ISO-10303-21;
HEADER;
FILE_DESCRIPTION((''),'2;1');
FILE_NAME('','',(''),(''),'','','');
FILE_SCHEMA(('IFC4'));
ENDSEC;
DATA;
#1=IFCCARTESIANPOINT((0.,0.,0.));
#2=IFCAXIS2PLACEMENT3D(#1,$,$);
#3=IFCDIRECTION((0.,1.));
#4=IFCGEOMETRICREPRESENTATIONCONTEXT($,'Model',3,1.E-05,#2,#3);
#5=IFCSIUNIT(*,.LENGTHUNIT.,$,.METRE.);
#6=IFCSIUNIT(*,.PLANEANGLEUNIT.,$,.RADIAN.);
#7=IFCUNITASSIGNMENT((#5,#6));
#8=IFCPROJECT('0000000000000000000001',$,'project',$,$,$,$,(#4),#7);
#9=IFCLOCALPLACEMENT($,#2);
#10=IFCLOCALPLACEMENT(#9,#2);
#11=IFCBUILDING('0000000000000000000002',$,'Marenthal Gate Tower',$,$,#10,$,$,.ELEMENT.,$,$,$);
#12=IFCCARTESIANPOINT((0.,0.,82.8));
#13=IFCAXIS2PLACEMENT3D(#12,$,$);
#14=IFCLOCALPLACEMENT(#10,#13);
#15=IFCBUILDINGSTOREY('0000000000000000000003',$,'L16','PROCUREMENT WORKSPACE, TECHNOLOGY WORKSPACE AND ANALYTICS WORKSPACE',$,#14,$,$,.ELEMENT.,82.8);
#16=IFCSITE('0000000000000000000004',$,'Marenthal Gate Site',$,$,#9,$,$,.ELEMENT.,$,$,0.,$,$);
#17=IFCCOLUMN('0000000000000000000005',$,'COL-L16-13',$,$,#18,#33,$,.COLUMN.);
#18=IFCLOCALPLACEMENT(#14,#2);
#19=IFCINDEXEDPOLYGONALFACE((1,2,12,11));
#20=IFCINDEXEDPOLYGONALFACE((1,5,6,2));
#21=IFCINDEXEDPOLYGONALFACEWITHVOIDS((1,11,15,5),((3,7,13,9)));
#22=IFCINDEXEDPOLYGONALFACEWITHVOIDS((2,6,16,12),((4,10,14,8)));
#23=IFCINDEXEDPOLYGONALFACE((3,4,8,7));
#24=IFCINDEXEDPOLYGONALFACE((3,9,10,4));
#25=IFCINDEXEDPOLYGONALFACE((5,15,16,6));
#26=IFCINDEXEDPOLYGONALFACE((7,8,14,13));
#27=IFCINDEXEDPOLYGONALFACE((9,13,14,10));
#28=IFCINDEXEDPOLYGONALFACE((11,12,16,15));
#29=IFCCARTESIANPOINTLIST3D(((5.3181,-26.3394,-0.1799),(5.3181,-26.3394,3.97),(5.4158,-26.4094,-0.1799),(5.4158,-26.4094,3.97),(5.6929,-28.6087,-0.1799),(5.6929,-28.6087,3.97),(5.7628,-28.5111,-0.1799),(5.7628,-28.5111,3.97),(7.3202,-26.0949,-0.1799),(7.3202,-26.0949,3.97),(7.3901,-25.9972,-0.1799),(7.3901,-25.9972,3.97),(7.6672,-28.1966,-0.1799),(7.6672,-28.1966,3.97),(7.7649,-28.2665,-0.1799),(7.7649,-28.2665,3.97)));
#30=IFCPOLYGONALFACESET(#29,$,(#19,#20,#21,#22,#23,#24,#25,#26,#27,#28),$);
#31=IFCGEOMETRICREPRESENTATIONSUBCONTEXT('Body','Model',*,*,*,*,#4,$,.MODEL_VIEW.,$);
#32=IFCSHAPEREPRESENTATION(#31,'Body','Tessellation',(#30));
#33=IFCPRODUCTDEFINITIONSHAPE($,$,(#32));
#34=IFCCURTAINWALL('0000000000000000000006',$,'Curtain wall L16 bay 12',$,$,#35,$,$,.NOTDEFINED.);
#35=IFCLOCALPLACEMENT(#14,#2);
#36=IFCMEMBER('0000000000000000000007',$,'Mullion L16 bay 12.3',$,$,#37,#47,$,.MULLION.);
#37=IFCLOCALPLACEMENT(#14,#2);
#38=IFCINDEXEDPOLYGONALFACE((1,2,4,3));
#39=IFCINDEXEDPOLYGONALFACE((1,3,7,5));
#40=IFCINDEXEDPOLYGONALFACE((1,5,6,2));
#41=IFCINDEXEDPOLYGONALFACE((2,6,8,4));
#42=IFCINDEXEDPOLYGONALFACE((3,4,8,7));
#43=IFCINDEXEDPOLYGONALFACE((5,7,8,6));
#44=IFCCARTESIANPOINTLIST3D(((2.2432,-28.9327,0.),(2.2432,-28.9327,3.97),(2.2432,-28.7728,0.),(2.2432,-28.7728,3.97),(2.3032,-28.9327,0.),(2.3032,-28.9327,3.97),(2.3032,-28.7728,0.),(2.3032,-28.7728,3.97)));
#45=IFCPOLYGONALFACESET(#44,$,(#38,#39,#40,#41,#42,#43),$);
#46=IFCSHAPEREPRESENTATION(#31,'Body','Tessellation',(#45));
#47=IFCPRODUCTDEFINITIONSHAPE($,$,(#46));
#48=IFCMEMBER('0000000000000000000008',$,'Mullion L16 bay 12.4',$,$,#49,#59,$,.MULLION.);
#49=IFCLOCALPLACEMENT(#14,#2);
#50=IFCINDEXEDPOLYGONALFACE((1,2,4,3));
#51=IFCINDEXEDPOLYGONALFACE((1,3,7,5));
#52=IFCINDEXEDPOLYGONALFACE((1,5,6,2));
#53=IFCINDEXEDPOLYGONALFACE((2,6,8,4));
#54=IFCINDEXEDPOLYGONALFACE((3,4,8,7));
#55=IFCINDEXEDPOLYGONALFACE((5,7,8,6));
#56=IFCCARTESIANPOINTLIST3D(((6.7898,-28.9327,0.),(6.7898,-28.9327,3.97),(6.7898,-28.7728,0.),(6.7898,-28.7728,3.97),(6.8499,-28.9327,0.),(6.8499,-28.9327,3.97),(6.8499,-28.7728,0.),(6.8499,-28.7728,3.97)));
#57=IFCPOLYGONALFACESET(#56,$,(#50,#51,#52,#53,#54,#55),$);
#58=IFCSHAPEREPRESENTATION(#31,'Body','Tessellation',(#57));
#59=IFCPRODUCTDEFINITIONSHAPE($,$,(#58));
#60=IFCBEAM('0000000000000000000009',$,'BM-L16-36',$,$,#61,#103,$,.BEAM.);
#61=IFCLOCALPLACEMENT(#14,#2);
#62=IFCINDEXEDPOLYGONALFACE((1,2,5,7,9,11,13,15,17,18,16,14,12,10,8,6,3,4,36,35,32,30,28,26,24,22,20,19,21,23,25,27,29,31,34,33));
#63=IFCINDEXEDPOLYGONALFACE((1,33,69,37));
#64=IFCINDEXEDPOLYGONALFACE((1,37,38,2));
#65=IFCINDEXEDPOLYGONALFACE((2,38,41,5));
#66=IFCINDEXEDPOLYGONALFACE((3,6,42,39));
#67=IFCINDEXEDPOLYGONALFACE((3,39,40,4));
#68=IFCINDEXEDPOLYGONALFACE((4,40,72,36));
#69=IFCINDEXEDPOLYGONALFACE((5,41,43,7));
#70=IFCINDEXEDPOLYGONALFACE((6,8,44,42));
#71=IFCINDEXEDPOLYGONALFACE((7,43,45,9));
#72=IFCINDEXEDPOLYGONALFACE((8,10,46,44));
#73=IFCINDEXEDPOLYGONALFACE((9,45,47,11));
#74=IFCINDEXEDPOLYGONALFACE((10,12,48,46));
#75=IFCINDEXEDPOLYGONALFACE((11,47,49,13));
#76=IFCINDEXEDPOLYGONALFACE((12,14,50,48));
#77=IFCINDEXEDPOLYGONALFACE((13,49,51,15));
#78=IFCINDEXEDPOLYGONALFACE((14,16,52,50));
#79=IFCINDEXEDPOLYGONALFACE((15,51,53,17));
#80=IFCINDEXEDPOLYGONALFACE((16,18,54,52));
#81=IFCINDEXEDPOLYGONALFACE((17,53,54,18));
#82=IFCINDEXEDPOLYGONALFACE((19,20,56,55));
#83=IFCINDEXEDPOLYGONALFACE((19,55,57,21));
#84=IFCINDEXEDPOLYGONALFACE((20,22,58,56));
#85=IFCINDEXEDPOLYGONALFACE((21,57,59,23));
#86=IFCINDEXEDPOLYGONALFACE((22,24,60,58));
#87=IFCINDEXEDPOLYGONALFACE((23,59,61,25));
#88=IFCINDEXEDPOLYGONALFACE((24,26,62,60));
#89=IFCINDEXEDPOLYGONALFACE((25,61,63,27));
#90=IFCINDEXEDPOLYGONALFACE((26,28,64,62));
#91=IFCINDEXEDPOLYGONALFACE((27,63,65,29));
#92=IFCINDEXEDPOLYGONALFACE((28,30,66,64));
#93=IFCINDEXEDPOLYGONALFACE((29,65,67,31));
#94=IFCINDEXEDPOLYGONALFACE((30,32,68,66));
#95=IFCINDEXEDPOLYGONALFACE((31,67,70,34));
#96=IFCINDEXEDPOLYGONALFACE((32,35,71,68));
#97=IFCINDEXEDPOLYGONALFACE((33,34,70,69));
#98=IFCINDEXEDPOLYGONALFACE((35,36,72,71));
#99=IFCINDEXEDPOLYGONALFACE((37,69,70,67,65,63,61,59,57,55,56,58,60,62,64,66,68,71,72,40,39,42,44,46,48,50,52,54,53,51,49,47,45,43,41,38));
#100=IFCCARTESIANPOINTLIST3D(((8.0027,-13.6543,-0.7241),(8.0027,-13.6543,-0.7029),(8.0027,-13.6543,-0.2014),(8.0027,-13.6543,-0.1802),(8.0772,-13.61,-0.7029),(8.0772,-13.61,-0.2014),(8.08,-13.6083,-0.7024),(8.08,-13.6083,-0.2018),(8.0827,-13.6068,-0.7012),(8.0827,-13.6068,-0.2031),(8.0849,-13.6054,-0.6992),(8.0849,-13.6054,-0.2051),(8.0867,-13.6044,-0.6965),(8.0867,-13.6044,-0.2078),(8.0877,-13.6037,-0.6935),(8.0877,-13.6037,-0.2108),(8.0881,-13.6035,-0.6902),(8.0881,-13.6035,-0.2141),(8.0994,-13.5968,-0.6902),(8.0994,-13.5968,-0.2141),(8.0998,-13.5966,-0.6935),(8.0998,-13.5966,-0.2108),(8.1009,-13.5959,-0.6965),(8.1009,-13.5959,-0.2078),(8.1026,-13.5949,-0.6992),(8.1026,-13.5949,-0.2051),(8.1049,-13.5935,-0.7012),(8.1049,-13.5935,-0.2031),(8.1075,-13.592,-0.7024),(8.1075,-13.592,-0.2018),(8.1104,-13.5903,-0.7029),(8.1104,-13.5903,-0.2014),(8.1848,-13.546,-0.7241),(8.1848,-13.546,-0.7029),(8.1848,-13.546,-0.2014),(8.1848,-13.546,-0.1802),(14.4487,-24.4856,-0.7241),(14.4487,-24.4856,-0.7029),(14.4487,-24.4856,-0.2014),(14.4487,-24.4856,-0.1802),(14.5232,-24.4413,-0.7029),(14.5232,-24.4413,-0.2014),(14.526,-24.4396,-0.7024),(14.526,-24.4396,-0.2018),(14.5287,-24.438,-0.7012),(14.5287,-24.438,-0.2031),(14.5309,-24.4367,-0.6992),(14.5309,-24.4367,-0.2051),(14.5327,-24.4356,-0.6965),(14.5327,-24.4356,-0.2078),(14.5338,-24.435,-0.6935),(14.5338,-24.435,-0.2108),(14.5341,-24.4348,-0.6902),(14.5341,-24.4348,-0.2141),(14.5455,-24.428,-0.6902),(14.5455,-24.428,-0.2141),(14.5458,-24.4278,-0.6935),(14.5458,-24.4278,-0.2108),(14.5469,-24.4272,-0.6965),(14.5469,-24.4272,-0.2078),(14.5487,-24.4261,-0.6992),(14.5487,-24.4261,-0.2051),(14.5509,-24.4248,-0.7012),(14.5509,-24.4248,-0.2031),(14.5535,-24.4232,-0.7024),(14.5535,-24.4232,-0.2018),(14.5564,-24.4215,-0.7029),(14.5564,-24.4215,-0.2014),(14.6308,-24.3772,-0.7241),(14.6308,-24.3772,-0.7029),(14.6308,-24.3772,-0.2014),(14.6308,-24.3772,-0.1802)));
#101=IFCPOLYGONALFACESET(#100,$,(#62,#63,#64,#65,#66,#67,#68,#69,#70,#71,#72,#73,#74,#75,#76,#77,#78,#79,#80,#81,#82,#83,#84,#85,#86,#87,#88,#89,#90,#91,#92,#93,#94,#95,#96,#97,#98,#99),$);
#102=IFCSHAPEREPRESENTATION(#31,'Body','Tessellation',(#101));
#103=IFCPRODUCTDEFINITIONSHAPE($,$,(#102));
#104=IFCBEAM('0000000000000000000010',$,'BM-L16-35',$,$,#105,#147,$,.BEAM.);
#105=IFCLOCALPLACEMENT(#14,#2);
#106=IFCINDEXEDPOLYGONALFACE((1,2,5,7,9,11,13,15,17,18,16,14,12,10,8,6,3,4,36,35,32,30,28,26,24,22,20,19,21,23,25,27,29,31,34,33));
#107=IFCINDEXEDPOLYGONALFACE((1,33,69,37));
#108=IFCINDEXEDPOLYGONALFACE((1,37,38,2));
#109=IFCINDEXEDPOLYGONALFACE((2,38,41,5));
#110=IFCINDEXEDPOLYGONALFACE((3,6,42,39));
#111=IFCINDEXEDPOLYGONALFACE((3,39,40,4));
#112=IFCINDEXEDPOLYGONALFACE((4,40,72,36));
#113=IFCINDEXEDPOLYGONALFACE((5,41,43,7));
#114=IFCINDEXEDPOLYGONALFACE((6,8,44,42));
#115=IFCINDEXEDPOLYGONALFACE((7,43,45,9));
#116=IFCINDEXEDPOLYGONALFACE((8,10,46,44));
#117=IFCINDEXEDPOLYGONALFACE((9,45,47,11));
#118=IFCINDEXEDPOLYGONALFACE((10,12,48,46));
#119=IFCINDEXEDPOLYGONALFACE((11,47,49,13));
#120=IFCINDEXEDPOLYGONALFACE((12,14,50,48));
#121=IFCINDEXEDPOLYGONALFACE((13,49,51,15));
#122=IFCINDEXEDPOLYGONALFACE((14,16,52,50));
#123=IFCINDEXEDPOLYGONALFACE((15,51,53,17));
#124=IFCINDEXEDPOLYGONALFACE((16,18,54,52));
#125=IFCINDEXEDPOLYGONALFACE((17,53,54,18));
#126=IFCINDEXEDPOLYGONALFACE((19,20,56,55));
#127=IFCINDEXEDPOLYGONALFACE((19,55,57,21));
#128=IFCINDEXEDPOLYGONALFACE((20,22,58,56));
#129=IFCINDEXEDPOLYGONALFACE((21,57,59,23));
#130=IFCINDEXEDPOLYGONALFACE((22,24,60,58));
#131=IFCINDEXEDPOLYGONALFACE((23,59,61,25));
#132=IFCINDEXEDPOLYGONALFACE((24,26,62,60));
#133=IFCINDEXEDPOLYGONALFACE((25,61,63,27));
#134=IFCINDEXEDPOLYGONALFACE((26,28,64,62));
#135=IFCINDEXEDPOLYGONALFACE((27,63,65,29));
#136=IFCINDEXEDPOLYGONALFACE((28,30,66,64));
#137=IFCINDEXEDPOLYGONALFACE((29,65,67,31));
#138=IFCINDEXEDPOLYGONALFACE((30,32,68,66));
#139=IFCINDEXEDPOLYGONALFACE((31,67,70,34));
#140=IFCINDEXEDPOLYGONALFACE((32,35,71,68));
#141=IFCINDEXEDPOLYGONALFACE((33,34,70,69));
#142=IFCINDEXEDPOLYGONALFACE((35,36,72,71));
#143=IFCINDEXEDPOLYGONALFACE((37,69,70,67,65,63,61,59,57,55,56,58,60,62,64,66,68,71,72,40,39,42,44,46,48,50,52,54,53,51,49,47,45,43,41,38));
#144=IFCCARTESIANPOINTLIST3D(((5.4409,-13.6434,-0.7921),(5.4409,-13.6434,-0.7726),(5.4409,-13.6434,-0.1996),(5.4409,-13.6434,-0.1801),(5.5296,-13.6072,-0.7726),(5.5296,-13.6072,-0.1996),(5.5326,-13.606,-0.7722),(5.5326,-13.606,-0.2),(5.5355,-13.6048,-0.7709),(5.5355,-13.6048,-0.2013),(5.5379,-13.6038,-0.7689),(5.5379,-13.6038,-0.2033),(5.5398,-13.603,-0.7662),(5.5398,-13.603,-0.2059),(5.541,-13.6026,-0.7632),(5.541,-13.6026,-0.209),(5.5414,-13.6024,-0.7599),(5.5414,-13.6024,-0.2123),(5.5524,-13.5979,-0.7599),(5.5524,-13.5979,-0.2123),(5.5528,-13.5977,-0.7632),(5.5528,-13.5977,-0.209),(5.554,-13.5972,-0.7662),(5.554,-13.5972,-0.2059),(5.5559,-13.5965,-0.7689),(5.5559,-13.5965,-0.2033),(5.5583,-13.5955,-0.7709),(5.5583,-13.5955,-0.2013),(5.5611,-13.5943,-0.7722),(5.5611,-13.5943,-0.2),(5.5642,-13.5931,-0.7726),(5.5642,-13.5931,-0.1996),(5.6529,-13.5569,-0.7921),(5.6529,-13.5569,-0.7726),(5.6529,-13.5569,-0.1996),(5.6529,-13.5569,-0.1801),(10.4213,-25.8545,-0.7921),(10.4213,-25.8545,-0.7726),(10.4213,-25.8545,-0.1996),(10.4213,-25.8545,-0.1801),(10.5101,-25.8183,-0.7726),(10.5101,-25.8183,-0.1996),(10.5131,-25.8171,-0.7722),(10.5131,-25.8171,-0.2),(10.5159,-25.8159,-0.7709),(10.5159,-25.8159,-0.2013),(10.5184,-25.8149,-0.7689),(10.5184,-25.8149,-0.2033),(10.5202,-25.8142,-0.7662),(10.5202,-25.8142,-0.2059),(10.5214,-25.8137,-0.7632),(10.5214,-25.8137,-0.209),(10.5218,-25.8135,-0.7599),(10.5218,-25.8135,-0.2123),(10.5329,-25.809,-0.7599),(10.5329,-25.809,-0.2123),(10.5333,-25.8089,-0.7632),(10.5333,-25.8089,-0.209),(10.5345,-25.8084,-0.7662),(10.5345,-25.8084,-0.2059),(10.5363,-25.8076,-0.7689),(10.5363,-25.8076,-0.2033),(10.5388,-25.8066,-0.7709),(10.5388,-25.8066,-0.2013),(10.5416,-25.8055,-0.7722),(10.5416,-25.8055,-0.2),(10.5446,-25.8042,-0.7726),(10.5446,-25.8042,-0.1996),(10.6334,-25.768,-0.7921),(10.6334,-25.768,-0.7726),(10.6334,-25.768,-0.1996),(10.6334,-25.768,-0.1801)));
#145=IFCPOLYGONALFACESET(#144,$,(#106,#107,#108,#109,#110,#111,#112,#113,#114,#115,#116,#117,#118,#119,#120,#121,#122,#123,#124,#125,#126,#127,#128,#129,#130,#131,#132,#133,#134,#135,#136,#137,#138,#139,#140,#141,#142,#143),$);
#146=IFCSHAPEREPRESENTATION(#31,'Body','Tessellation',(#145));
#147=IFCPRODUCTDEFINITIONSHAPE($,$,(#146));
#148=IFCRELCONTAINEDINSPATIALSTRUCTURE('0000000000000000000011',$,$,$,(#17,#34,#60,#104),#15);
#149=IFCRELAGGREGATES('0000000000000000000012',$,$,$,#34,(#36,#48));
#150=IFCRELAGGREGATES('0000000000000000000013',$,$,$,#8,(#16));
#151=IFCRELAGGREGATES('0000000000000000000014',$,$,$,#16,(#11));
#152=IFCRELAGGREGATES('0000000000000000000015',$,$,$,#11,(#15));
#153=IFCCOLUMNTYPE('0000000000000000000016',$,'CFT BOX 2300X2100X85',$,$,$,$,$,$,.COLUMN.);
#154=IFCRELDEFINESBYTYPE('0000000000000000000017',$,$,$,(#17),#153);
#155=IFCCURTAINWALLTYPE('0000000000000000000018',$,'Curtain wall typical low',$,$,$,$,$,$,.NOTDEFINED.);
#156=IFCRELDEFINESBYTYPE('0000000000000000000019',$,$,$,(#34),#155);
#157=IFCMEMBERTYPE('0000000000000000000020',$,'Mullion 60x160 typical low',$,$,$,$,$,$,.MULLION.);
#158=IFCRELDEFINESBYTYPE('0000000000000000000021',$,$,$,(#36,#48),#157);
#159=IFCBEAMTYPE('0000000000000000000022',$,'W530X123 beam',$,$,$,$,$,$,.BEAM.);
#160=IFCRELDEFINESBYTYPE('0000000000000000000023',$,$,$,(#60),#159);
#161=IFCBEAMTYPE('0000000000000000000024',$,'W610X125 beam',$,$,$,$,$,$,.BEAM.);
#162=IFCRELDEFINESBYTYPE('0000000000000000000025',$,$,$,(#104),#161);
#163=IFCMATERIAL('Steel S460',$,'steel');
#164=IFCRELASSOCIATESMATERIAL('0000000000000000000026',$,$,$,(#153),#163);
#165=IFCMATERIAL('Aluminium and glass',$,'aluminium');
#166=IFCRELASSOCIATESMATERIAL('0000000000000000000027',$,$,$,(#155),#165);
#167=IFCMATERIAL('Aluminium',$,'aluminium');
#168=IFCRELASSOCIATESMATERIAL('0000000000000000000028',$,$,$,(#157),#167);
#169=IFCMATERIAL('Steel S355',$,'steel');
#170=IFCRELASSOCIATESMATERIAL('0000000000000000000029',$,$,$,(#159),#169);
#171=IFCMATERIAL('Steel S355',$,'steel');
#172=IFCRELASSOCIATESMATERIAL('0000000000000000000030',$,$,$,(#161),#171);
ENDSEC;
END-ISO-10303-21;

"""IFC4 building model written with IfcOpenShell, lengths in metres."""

from ifc_helpers import new_model, si_unit, direction, frame, origin, origin_2d, place, context, subcontext, project, spatial, rectangle, hollow_rectangle, i_section, extrude, material, material_profile, profile_set, type_object, element, aggregate, save


model = new_model("IFC4")

# Units and contexts
model_context = context("Model", 3, precision=1e-05, world=origin(), true_north=direction((0.0, 1.0)))
body_context = subcontext(model_context, "Body", "Model", "MODEL_VIEW")
ifc_project = project(units=[si_unit("LENGTHUNIT", "METRE"), si_unit("PLANEANGLEUNIT", "RADIAN")], contexts=[model_context])

# Site, building, storey
site_placement = place(None, origin())
site = spatial("IfcSite", under=ifc_project, at=site_placement, Name="Marenthal Gate Site", CompositionType="ELEMENT", RefElevation=0.0)
building_placement = place(site_placement, origin())
building = spatial("IfcBuilding", under=site, at=building_placement, Name="Marenthal Gate Tower", CompositionType="ELEMENT")
storey_placement = place(building_placement, frame((0.0, 0.0, 82.8)))
storey = spatial("IfcBuildingStorey", under=building, at=storey_placement, Name="L16", Description="PROCUREMENT WORKSPACE, TECHNOLOGY WORKSPACE AND ANALYTICS WORKSPACE", CompositionType="ELEMENT", Elevation=82.8)

# Column
ifc_material_1 = material(Name="Steel S460", Category="steel")
ifc_material_profile_1 = material_profile(ifc_material_1, hollow_rectangle(XDim=2.1001, YDim=2.3, WallThickness=0.085, at=origin_2d()), Name="CFT BOX 2300X2100X85")
ifc_material_2 = material(Name="Concrete 70 MPa", Category="concrete")
ifc_material_profile_2 = material_profile(ifc_material_2, rectangle(XDim=1.9299, YDim=2.1299, at=origin_2d()), Name="CFT BOX 2300X2100X85 INFILL")
ifc_profile_set_1 = profile_set([ifc_material_profile_1, ifc_material_profile_2], Name="Steel S460 shell, Concrete 70 MPa infill")
column_type = type_object("IfcColumnType", Name="CFT BOX 2300X2100X85", PredefinedType="COLUMN", material=ifc_profile_set_1)
column_placement = place(storey_placement, frame((6.5415, -27.303, -0.1799), z_axis=(0.0, 0.0, 1.0), x_axis=(-0.986637, -0.162933, 0.0)))
element("IfcColumn", 1, at=column_placement, inside=storey, type_object=column_type, Name="COL-L16-13", PredefinedType="COLUMN", context=body_context, shape_type="SweptSolid", body=[
    extrude(hollow_rectangle(XDim=2.1001, YDim=2.3, WallThickness=0.085, at=origin_2d()), origin(), (0.0, 0.0, 1.0), 4.1499),
])

# Curtain wall, members
ifc_material_3 = material(Name="Aluminium and glass", Category="aluminium")
curtain_wall_type = type_object("IfcCurtainWallType", Name="Curtain wall typical low", PredefinedType="NOTDEFINED", material=ifc_material_3)
curtain_wall_placement = place(storey_placement, origin())
curtain_wall = element("IfcCurtainWall", 2, at=curtain_wall_placement, inside=storey, type_object=curtain_wall_type, Name="Curtain wall L16 bay 12", PredefinedType="NOTDEFINED")
ifc_material_4 = material(Name="Aluminium", Category="aluminium")
ifc_material_profile_3 = material_profile(ifc_material_4, rectangle(XDim=0.1599, YDim=0.0601, at=origin_2d()), Name="60x160 aluminium mullion")
ifc_profile_set_2 = profile_set([ifc_material_profile_3], Name="Aluminium")
member_type = type_object("IfcMemberType", Name="Mullion 60x160 typical low", PredefinedType="MULLION", material=ifc_profile_set_2)
member_1_placement = place(storey_placement, frame((2.2732, -28.8528, 0.0), z_axis=(0.0, 0.0, 1.0), x_axis=(0.0, 1.0, 0.0)))
member_1 = element("IfcMember", 3, at=member_1_placement, type_object=member_type, Name="Mullion L16 bay 12.3", PredefinedType="MULLION", context=body_context, shape_type="SweptSolid", body=[
    extrude(rectangle(XDim=0.1599, YDim=0.0601, at=origin_2d()), origin(), (0.0, 0.0, 1.0), 3.97),
])
member_2_placement = place(storey_placement, frame((6.8198, -28.8528, 0.0), z_axis=(0.0, 0.0, 1.0), x_axis=(0.0, 1.0, 0.0)))
member_2 = element("IfcMember", 4, at=member_2_placement, type_object=member_type, Name="Mullion L16 bay 12.4", PredefinedType="MULLION", context=body_context, shape_type="SweptSolid", body=[
    extrude(rectangle(XDim=0.1599, YDim=0.0601, at=origin_2d()), origin(), (0.0, 0.0, 1.0), 3.97),
])

# Beams
ifc_material_5 = material(Name="Steel S355", Category="steel")
ifc_material_profile_4 = material_profile(ifc_material_5, i_section(OverallWidth=0.2119, OverallDepth=0.5439, WebThickness=0.0132, FlangeThickness=0.0212, FilletRadius=0.0127, at=origin_2d()), Name="W530X123")
ifc_profile_set_3 = profile_set([ifc_material_profile_4], Name="Steel S355")
beam_type_1 = type_object("IfcBeamType", Name="W530X123 beam", PredefinedType="BEAM", material=ifc_profile_set_3)
beam_1_placement = place(storey_placement, frame((14.5398, -24.4314, -0.4521), z_axis=(-0.511416, 0.859333, 0.0), x_axis=(-0.859333, -0.511416, 0.0)))
element("IfcBeam", 5, at=beam_1_placement, inside=storey, type_object=beam_type_1, Name="BM-L16-36", PredefinedType="BEAM", context=body_context, shape_type="SweptSolid", body=[
    extrude(i_section(OverallWidth=0.2119, OverallDepth=0.5439, WebThickness=0.0132, FlangeThickness=0.0212, FilletRadius=0.0127, at=origin_2d()), origin(), (0.0, 0.0, 1.0), 12.6042),
])
ifc_material_6 = material(Name="Steel S355", Category="steel")
ifc_material_profile_5 = material_profile(ifc_material_6, i_section(OverallWidth=0.229, OverallDepth=0.6121, WebThickness=0.012, FlangeThickness=0.0195, FilletRadius=0.0127, at=origin_2d()), Name="W610X125")
ifc_profile_set_4 = profile_set([ifc_material_profile_5], Name="Steel S355")
beam_type_2 = type_object("IfcBeamType", Name="W610X125 beam", PredefinedType="BEAM", material=ifc_profile_set_4)
beam_2_placement = place(storey_placement, frame((10.5273, -25.8113, -0.4861), z_axis=(-0.377657, 0.925945, 0.0), x_axis=(-0.925945, -0.377657, 0.0)))
element("IfcBeam", 6, at=beam_2_placement, inside=storey, type_object=beam_type_2, Name="BM-L16-35", PredefinedType="BEAM", context=body_context, shape_type="SweptSolid", body=[
    extrude(i_section(OverallWidth=0.229, OverallDepth=0.6121, WebThickness=0.012, FlangeThickness=0.0195, FilletRadius=0.0127, at=origin_2d()), origin(), (0.0, 0.0, 1.0), 13.1877),
])

aggregate(curtain_wall, [member_1, member_2])

save(model, "model.ifc")
